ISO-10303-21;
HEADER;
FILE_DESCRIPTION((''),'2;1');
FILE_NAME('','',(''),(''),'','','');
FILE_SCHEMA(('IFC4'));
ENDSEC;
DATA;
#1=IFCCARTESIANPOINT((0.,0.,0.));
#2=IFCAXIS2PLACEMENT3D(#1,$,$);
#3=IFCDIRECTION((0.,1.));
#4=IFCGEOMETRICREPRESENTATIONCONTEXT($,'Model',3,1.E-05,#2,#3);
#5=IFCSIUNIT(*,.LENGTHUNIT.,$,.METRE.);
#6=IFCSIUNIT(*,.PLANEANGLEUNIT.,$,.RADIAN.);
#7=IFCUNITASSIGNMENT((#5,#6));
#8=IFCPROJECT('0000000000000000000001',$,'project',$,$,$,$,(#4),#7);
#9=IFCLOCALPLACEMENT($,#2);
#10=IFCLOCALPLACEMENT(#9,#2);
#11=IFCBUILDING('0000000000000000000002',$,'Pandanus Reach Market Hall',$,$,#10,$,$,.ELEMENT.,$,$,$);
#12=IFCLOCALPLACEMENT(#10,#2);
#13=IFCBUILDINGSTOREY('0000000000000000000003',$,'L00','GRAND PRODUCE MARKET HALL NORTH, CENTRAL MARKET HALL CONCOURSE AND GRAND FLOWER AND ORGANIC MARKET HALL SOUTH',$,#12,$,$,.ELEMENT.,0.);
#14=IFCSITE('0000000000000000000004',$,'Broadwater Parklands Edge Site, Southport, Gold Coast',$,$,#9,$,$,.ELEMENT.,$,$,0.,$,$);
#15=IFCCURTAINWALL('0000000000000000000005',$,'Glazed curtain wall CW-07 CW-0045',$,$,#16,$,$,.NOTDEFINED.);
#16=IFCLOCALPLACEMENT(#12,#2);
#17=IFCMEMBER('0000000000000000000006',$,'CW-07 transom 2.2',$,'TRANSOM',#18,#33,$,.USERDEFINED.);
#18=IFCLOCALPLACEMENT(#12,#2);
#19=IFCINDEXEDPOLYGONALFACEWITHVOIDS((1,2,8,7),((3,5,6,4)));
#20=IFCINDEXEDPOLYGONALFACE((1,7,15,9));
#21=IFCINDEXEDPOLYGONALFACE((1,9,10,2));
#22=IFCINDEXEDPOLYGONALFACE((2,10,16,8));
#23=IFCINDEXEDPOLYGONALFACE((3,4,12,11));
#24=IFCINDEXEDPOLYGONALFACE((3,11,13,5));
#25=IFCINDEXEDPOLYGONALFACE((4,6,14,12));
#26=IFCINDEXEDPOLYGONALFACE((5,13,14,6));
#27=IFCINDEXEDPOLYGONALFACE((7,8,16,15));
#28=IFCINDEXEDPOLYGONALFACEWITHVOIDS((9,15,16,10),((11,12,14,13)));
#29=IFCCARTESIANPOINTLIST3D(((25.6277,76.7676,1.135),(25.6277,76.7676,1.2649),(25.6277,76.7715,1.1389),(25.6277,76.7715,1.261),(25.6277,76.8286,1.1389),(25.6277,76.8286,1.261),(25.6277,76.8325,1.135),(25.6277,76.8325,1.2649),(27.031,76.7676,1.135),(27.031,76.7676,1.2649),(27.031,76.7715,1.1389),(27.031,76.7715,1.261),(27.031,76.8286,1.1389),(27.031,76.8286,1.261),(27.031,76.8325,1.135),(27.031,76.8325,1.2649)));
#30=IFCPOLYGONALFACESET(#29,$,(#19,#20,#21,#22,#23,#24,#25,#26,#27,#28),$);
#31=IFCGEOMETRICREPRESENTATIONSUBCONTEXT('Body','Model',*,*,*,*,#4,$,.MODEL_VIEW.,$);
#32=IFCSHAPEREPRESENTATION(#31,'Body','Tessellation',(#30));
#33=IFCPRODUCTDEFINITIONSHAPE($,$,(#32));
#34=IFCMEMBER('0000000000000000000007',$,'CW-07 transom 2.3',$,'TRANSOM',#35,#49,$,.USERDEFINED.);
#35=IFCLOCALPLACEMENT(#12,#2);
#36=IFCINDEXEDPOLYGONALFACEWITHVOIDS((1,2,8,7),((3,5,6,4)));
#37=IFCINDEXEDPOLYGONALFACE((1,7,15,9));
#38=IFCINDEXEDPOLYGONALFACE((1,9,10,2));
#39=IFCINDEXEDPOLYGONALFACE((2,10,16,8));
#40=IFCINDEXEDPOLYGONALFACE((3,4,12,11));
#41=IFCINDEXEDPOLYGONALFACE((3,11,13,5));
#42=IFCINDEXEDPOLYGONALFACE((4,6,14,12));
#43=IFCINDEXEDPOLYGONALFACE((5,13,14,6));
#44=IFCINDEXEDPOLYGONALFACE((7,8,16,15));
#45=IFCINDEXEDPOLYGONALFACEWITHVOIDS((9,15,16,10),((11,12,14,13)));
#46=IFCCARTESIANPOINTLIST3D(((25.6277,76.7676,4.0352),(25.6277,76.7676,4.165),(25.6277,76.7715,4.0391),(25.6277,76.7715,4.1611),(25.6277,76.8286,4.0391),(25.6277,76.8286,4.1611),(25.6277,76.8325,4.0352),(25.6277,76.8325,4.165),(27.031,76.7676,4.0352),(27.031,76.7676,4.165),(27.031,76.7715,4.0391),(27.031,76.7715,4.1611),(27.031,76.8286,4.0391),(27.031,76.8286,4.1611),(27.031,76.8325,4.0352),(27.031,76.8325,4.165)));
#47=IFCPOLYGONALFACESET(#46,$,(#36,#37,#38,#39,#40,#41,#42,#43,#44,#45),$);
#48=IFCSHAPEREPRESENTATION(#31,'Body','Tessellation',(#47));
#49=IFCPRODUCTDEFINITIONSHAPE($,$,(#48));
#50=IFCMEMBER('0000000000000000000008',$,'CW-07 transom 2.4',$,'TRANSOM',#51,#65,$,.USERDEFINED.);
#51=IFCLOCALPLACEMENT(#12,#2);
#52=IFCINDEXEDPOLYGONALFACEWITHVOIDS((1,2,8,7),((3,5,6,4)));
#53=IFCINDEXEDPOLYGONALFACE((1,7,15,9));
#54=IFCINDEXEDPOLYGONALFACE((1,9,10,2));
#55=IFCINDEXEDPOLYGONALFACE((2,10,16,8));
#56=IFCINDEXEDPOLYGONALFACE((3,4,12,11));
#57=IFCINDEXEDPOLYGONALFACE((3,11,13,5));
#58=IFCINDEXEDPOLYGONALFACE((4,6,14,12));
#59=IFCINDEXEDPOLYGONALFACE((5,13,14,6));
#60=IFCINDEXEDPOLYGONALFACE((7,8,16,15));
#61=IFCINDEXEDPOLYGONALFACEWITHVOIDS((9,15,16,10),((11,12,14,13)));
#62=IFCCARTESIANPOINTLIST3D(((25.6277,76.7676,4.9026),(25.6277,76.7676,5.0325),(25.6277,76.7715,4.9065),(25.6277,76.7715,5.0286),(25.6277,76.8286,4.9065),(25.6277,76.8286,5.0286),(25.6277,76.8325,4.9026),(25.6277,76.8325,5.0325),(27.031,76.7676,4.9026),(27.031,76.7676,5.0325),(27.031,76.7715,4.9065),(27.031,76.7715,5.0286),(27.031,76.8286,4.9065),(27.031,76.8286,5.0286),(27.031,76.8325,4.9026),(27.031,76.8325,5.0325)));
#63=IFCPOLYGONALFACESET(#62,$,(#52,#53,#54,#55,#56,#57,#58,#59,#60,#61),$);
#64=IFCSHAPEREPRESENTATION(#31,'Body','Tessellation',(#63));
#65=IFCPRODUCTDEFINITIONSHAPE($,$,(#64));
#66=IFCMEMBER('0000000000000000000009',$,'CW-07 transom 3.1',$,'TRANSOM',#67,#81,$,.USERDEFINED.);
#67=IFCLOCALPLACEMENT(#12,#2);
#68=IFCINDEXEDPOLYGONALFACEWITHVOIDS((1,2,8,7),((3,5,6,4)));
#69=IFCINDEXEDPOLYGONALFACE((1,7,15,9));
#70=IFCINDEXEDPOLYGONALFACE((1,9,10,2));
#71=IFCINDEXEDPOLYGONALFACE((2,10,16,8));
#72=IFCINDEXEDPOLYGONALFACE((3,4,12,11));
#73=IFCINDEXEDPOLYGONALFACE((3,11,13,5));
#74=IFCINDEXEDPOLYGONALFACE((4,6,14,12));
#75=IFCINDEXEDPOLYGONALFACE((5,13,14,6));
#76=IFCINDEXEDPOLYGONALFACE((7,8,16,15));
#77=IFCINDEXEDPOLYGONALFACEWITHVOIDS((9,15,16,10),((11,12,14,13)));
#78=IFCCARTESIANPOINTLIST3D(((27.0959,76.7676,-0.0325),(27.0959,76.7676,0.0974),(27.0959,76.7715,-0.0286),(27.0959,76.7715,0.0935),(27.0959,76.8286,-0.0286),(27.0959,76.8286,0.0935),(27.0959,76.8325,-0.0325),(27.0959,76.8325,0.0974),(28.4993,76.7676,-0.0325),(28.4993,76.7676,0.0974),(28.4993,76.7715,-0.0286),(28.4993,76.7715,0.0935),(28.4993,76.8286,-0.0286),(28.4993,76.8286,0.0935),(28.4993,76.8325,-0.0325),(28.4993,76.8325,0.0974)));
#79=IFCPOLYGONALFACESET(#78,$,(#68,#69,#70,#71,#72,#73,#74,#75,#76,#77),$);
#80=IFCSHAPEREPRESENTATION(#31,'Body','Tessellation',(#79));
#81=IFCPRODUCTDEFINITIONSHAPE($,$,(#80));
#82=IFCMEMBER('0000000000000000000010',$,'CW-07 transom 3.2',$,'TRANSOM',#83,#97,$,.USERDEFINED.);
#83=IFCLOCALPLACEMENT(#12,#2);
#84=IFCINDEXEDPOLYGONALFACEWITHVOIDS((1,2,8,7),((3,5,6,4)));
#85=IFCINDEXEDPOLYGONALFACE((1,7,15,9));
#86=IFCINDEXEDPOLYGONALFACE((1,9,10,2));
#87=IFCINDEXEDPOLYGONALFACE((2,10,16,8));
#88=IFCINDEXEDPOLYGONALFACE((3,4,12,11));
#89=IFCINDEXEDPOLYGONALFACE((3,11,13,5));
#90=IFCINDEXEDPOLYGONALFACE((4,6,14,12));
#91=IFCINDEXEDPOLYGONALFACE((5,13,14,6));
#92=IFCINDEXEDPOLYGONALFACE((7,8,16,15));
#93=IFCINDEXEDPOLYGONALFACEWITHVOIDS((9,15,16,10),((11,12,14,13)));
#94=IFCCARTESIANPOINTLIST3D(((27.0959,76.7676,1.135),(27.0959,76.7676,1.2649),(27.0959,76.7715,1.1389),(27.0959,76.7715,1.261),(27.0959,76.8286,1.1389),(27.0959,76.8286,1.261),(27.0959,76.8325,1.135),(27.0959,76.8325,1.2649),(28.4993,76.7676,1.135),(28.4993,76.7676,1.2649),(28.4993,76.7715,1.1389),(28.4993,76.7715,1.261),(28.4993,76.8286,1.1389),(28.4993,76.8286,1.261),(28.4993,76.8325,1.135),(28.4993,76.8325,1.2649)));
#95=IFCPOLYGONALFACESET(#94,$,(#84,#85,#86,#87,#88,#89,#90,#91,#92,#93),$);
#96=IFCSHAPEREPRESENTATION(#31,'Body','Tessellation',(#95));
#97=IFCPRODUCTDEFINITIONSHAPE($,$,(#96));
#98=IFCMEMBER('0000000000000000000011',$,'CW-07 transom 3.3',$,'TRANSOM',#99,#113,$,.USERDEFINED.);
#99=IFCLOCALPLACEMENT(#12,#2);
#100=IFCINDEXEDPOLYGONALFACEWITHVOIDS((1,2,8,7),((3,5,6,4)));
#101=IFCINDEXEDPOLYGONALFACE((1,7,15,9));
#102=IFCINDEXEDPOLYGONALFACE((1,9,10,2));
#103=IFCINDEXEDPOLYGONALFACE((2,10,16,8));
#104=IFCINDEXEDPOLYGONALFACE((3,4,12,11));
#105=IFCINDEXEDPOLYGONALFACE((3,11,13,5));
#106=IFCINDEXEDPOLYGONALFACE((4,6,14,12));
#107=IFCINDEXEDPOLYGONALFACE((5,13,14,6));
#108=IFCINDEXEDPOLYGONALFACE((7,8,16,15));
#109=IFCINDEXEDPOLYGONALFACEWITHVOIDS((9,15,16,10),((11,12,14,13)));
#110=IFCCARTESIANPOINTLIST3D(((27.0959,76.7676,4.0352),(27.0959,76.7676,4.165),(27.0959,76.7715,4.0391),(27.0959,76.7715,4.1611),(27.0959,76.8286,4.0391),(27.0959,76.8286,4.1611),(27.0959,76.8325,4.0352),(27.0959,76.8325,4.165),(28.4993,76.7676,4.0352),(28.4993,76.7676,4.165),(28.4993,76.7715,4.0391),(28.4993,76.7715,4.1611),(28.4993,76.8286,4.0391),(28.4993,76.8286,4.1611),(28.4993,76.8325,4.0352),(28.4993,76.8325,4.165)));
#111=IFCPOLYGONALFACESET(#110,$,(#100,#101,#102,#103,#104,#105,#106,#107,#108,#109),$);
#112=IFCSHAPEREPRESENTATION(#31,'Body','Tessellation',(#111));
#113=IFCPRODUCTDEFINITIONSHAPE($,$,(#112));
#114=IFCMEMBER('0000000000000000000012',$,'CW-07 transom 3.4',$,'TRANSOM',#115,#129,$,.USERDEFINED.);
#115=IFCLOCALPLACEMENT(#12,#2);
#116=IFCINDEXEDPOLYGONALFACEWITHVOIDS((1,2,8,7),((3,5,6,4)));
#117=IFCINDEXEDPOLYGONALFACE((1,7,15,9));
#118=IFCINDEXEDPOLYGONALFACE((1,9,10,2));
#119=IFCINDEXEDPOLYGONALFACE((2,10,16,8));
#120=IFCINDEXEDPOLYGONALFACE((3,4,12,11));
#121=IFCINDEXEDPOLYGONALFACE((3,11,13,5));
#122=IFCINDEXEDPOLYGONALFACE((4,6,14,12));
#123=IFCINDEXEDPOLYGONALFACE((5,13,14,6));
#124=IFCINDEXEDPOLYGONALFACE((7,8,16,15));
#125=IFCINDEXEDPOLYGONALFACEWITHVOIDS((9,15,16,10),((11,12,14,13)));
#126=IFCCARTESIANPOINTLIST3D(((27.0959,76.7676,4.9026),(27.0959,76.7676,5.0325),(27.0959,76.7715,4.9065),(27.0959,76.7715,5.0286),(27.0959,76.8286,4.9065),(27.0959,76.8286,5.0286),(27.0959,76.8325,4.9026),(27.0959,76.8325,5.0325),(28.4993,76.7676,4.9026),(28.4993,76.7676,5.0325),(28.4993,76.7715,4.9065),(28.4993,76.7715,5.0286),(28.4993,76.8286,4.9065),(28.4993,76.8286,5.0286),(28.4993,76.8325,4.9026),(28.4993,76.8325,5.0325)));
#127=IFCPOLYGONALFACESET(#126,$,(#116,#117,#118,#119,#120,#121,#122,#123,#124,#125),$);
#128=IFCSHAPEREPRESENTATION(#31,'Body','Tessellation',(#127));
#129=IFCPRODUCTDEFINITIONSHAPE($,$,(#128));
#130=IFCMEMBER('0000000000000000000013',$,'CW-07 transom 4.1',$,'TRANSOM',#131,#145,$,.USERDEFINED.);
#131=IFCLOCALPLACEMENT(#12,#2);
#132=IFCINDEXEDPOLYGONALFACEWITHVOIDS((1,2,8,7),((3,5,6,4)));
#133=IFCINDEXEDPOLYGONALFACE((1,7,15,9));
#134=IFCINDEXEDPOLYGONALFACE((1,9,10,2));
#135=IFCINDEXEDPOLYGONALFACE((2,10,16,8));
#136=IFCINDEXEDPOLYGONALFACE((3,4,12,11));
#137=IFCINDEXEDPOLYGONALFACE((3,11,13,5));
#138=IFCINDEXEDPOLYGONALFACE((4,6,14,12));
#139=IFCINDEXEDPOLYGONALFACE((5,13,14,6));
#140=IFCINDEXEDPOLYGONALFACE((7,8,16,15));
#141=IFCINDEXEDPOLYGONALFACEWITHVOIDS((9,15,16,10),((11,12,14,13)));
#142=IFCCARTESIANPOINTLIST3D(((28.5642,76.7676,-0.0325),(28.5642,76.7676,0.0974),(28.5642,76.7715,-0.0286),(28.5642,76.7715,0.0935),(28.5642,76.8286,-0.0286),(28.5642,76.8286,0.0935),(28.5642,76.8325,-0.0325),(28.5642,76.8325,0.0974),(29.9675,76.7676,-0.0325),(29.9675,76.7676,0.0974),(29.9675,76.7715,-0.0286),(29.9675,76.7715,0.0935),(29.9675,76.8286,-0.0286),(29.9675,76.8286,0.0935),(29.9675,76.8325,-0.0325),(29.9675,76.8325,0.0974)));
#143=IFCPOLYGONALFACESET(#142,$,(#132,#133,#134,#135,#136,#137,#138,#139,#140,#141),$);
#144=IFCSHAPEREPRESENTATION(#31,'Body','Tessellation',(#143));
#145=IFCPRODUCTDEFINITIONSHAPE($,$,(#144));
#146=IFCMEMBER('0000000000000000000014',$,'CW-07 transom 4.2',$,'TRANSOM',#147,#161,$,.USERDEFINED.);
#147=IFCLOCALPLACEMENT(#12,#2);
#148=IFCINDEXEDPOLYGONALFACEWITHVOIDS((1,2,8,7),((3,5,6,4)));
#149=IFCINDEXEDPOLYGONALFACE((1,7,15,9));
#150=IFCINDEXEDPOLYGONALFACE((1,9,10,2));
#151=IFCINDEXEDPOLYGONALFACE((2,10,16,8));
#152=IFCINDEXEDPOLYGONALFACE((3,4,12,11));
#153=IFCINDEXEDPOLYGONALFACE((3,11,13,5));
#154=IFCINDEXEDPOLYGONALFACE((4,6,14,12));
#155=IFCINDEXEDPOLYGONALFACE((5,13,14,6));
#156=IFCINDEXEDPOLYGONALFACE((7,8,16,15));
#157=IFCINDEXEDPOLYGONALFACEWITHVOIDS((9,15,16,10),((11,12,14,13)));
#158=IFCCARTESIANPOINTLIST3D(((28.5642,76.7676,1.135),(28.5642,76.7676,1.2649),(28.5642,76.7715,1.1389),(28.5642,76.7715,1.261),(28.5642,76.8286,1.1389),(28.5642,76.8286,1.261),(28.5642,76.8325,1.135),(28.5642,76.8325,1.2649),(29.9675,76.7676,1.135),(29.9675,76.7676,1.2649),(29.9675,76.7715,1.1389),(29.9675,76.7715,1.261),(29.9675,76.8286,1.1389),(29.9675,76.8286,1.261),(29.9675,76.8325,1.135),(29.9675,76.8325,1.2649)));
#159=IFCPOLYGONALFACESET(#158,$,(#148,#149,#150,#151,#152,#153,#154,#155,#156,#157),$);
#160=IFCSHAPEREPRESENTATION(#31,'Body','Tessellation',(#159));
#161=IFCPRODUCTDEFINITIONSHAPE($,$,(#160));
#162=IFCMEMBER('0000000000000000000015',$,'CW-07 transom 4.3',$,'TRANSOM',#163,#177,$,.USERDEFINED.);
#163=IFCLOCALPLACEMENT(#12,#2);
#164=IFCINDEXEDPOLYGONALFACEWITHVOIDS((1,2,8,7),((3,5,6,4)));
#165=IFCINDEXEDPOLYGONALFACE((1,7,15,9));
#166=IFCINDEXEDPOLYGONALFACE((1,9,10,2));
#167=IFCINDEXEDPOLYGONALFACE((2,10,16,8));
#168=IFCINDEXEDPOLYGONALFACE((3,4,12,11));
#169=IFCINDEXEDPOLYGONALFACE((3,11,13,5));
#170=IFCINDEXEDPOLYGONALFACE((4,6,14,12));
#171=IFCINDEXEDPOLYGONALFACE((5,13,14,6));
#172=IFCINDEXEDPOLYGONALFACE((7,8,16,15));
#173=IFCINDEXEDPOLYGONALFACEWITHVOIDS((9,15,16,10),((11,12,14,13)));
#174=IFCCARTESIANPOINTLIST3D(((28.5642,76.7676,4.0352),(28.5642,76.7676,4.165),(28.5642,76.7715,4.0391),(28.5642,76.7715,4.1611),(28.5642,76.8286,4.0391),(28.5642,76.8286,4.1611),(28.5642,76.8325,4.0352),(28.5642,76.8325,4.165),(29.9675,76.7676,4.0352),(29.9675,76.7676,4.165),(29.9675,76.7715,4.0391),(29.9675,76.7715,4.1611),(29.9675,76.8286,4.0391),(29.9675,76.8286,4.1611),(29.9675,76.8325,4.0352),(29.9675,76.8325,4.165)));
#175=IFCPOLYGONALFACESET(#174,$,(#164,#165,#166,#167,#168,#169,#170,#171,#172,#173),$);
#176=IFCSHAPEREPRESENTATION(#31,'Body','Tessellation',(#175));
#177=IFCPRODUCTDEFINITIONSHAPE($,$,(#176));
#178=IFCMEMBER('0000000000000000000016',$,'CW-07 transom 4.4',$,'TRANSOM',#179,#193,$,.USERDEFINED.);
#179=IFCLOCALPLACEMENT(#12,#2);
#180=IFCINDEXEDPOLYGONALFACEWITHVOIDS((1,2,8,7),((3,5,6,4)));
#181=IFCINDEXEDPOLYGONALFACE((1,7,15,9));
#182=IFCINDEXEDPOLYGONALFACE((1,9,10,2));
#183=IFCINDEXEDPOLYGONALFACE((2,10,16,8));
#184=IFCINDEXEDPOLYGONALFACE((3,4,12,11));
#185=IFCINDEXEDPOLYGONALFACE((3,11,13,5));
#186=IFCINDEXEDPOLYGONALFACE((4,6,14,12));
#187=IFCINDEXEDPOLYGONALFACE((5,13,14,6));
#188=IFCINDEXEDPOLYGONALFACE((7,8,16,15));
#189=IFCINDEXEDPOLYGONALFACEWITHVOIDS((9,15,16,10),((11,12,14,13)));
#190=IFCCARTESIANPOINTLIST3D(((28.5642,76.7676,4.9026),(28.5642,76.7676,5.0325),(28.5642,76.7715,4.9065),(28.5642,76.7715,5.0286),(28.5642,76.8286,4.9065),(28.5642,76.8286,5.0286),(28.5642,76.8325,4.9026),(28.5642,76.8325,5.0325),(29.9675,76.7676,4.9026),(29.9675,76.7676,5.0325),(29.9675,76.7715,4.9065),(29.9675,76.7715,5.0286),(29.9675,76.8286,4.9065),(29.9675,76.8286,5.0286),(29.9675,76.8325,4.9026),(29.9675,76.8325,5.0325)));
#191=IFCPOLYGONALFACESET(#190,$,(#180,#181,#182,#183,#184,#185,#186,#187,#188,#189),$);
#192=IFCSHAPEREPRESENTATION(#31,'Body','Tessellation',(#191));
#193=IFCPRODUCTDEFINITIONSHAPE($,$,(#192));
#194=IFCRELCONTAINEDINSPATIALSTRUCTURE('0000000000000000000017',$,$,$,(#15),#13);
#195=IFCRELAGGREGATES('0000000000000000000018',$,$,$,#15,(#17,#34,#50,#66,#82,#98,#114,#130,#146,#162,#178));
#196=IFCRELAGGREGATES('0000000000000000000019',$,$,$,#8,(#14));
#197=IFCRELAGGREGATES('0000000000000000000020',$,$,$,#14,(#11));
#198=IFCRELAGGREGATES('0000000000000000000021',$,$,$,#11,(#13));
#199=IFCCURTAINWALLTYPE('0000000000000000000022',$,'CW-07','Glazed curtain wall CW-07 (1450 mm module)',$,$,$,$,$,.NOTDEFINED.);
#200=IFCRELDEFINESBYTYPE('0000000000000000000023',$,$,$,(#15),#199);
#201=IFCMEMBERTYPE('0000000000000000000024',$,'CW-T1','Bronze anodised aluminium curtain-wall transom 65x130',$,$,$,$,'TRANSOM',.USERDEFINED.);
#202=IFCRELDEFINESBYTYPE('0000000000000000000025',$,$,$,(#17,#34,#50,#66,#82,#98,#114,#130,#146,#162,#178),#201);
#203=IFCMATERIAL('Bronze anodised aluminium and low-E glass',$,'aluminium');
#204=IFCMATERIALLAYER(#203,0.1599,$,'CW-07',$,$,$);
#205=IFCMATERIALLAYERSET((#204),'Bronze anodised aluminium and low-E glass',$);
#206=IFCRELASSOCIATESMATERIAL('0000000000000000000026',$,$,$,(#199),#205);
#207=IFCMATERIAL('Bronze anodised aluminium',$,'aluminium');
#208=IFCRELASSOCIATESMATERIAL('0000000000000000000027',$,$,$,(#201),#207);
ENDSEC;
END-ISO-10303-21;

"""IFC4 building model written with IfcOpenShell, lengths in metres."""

from ifc_helpers import new_model, si_unit, direction, frame, origin, origin_2d, place, context, subcontext, project, spatial, hollow_rectangle, extrude, material, layer, layer_set, material_profile, profile_set, type_object, element, aggregate, save


model = new_model("IFC4")

# Units and contexts
model_context = context("Model", 3, precision=1e-05, world=origin(), true_north=direction((0.0, 1.0)))
body_context = subcontext(model_context, "Body", "Model", "MODEL_VIEW")
ifc_project = project(units=[si_unit("LENGTHUNIT", "METRE"), si_unit("PLANEANGLEUNIT", "RADIAN")], contexts=[model_context])

# Site, building, storey
site_placement = place(None, origin())
site = spatial("IfcSite", under=ifc_project, at=site_placement, Name="Broadwater Parklands Edge Site, Southport, Gold Coast", CompositionType="ELEMENT", RefElevation=0.0)
building_placement = place(site_placement, origin())
building = spatial("IfcBuilding", under=site, at=building_placement, Name="Pandanus Reach Market Hall", CompositionType="ELEMENT")
storey_placement = place(building_placement, origin())
storey = spatial("IfcBuildingStorey", under=building, at=storey_placement, Name="L00", Description="GRAND PRODUCE MARKET HALL NORTH, CENTRAL MARKET HALL CONCOURSE AND GRAND FLOWER AND ORGANIC MARKET HALL SOUTH", CompositionType="ELEMENT", Elevation=0.0)

# Curtain wall, members
ifc_material_1 = material(Name="Bronze anodised aluminium and low-E glass", Category="aluminium")
ifc_layer_1 = layer(ifc_material_1, 0.1599, Name="CW-07")
ifc_layer_set_1 = layer_set([ifc_layer_1], Name="Bronze anodised aluminium and low-E glass")
curtain_wall_type = type_object("IfcCurtainWallType", Name="CW-07", Description="Glazed curtain wall CW-07 (1450 mm module)", PredefinedType="NOTDEFINED", material=ifc_layer_set_1)
curtain_wall_placement = place(storey_placement, origin())
curtain_wall = element("IfcCurtainWall", 1, at=curtain_wall_placement, inside=storey, type_object=curtain_wall_type, Name="Glazed curtain wall CW-07 CW-0045", PredefinedType="NOTDEFINED")
ifc_material_2 = material(Name="Bronze anodised aluminium", Category="aluminium")
ifc_material_profile_1 = material_profile(ifc_material_2, hollow_rectangle(XDim=0.0649, YDim=0.1299, WallThickness=0.0039, at=origin_2d()), Name="ALU65x130", Category="LoadBearing")
ifc_profile_set_1 = profile_set([ifc_material_profile_1], Name="Bronze anodised aluminium")
member_type_1 = type_object("IfcMemberType", Name="CW-T1", Description="Bronze anodised aluminium curtain-wall transom 65x130", ElementType="TRANSOM", PredefinedType="USERDEFINED", material=ifc_profile_set_1)
member_1_placement = place(storey_placement, frame((25.6277, 76.8, 1.2), z_axis=(1.0, 0.0, 0.0), x_axis=(0.0, 1.0, 0.0)))
member_1 = element("IfcMember", 2, at=member_1_placement, type_object=member_type_1, Name="CW-07 transom 2.2", ObjectType="TRANSOM", PredefinedType="USERDEFINED", context=body_context, shape_type="SweptSolid", body=[
    extrude(hollow_rectangle(XDim=0.0649, YDim=0.1299, WallThickness=0.0039, at=origin_2d()), origin(), (0.0, 0.0, 1.0), 1.4033),
])
member_2_placement = place(storey_placement, frame((25.6277, 76.8, 4.1001), z_axis=(1.0, 0.0, 0.0), x_axis=(0.0, 1.0, 0.0)))
member_2 = element("IfcMember", 3, at=member_2_placement, type_object=member_type_1, Name="CW-07 transom 2.3", ObjectType="TRANSOM", PredefinedType="USERDEFINED", context=body_context, shape_type="SweptSolid", body=[
    extrude(hollow_rectangle(XDim=0.0649, YDim=0.1299, WallThickness=0.0039, at=origin_2d()), origin(), (0.0, 0.0, 1.0), 1.4033),
])
member_3_placement = place(storey_placement, frame((25.6277, 76.8, 4.9675), z_axis=(1.0, 0.0, 0.0), x_axis=(0.0, 1.0, 0.0)))
member_3 = element("IfcMember", 4, at=member_3_placement, type_object=member_type_1, Name="CW-07 transom 2.4", ObjectType="TRANSOM", PredefinedType="USERDEFINED", context=body_context, shape_type="SweptSolid", body=[
    extrude(hollow_rectangle(XDim=0.0649, YDim=0.1299, WallThickness=0.0039, at=origin_2d()), origin(), (0.0, 0.0, 1.0), 1.4033),
])
member_4_placement = place(storey_placement, frame((27.0959, 76.8, 0.0325), z_axis=(1.0, 0.0, 0.0), x_axis=(0.0, 1.0, 0.0)))
member_4 = element("IfcMember", 5, at=member_4_placement, type_object=member_type_1, Name="CW-07 transom 3.1", ObjectType="TRANSOM", PredefinedType="USERDEFINED", context=body_context, shape_type="SweptSolid", body=[
    extrude(hollow_rectangle(XDim=0.0649, YDim=0.1299, WallThickness=0.0039, at=origin_2d()), origin(), (0.0, 0.0, 1.0), 1.4033),
])
member_5_placement = place(storey_placement, frame((27.0959, 76.8, 1.2), z_axis=(1.0, 0.0, 0.0), x_axis=(0.0, 1.0, 0.0)))
member_5 = element("IfcMember", 6, at=member_5_placement, type_object=member_type_1, Name="CW-07 transom 3.2", ObjectType="TRANSOM", PredefinedType="USERDEFINED", context=body_context, shape_type="SweptSolid", body=[
    extrude(hollow_rectangle(XDim=0.0649, YDim=0.1299, WallThickness=0.0039, at=origin_2d()), origin(), (0.0, 0.0, 1.0), 1.4033),
])
member_6_placement = place(storey_placement, frame((27.0959, 76.8, 4.1001), z_axis=(1.0, 0.0, 0.0), x_axis=(0.0, 1.0, 0.0)))
member_6 = element("IfcMember", 7, at=member_6_placement, type_object=member_type_1, Name="CW-07 transom 3.3", ObjectType="TRANSOM", PredefinedType="USERDEFINED", context=body_context, shape_type="SweptSolid", body=[
    extrude(hollow_rectangle(XDim=0.0649, YDim=0.1299, WallThickness=0.0039, at=origin_2d()), origin(), (0.0, 0.0, 1.0), 1.4033),
])
member_7_placement = place(storey_placement, frame((27.0959, 76.8, 4.9675), z_axis=(1.0, 0.0, 0.0), x_axis=(0.0, 1.0, 0.0)))
member_7 = element("IfcMember", 8, at=member_7_placement, type_object=member_type_1, Name="CW-07 transom 3.4", ObjectType="TRANSOM", PredefinedType="USERDEFINED", context=body_context, shape_type="SweptSolid", body=[
    extrude(hollow_rectangle(XDim=0.0649, YDim=0.1299, WallThickness=0.0039, at=origin_2d()), origin(), (0.0, 0.0, 1.0), 1.4033),
])
member_8_placement = place(storey_placement, frame((28.5642, 76.8, 0.0325), z_axis=(1.0, 0.0, 0.0), x_axis=(0.0, 1.0, 0.0)))
member_8 = element("IfcMember", 9, at=member_8_placement, type_object=member_type_1, Name="CW-07 transom 4.1", ObjectType="TRANSOM", PredefinedType="USERDEFINED", context=body_context, shape_type="SweptSolid", body=[
    extrude(hollow_rectangle(XDim=0.0649, YDim=0.1299, WallThickness=0.0039, at=origin_2d()), origin(), (0.0, 0.0, 1.0), 1.4033),
])
member_9_placement = place(storey_placement, frame((28.5642, 76.8, 1.2), z_axis=(1.0, 0.0, 0.0), x_axis=(0.0, 1.0, 0.0)))
member_9 = element("IfcMember", 10, at=member_9_placement, type_object=member_type_1, Name="CW-07 transom 4.2", ObjectType="TRANSOM", PredefinedType="USERDEFINED", context=body_context, shape_type="SweptSolid", body=[
    extrude(hollow_rectangle(XDim=0.0649, YDim=0.1299, WallThickness=0.0039, at=origin_2d()), origin(), (0.0, 0.0, 1.0), 1.4033),
])
member_10_placement = place(storey_placement, frame((28.5642, 76.8, 4.1001), z_axis=(1.0, 0.0, 0.0), x_axis=(0.0, 1.0, 0.0)))
member_10 = element("IfcMember", 11, at=member_10_placement, type_object=member_type_1, Name="CW-07 transom 4.3", ObjectType="TRANSOM", PredefinedType="USERDEFINED", context=body_context, shape_type="SweptSolid", body=[
    extrude(hollow_rectangle(XDim=0.0649, YDim=0.1299, WallThickness=0.0039, at=origin_2d()), origin(), (0.0, 0.0, 1.0), 1.4033),
])
member_11_placement = place(storey_placement, frame((28.5642, 76.8, 4.9675), z_axis=(1.0, 0.0, 0.0), x_axis=(0.0, 1.0, 0.0)))
member_11 = element("IfcMember", 12, at=member_11_placement, type_object=member_type_1, Name="CW-07 transom 4.4", ObjectType="TRANSOM", PredefinedType="USERDEFINED", context=body_context, shape_type="SweptSolid", body=[
    extrude(hollow_rectangle(XDim=0.0649, YDim=0.1299, WallThickness=0.0039, at=origin_2d()), origin(), (0.0, 0.0, 1.0), 1.4033),
])

aggregate(curtain_wall, [member_1, member_2, member_3, member_4, member_5, member_6, member_7, member_8, member_9, member_10, member_11])

save(model, "model.ifc")
